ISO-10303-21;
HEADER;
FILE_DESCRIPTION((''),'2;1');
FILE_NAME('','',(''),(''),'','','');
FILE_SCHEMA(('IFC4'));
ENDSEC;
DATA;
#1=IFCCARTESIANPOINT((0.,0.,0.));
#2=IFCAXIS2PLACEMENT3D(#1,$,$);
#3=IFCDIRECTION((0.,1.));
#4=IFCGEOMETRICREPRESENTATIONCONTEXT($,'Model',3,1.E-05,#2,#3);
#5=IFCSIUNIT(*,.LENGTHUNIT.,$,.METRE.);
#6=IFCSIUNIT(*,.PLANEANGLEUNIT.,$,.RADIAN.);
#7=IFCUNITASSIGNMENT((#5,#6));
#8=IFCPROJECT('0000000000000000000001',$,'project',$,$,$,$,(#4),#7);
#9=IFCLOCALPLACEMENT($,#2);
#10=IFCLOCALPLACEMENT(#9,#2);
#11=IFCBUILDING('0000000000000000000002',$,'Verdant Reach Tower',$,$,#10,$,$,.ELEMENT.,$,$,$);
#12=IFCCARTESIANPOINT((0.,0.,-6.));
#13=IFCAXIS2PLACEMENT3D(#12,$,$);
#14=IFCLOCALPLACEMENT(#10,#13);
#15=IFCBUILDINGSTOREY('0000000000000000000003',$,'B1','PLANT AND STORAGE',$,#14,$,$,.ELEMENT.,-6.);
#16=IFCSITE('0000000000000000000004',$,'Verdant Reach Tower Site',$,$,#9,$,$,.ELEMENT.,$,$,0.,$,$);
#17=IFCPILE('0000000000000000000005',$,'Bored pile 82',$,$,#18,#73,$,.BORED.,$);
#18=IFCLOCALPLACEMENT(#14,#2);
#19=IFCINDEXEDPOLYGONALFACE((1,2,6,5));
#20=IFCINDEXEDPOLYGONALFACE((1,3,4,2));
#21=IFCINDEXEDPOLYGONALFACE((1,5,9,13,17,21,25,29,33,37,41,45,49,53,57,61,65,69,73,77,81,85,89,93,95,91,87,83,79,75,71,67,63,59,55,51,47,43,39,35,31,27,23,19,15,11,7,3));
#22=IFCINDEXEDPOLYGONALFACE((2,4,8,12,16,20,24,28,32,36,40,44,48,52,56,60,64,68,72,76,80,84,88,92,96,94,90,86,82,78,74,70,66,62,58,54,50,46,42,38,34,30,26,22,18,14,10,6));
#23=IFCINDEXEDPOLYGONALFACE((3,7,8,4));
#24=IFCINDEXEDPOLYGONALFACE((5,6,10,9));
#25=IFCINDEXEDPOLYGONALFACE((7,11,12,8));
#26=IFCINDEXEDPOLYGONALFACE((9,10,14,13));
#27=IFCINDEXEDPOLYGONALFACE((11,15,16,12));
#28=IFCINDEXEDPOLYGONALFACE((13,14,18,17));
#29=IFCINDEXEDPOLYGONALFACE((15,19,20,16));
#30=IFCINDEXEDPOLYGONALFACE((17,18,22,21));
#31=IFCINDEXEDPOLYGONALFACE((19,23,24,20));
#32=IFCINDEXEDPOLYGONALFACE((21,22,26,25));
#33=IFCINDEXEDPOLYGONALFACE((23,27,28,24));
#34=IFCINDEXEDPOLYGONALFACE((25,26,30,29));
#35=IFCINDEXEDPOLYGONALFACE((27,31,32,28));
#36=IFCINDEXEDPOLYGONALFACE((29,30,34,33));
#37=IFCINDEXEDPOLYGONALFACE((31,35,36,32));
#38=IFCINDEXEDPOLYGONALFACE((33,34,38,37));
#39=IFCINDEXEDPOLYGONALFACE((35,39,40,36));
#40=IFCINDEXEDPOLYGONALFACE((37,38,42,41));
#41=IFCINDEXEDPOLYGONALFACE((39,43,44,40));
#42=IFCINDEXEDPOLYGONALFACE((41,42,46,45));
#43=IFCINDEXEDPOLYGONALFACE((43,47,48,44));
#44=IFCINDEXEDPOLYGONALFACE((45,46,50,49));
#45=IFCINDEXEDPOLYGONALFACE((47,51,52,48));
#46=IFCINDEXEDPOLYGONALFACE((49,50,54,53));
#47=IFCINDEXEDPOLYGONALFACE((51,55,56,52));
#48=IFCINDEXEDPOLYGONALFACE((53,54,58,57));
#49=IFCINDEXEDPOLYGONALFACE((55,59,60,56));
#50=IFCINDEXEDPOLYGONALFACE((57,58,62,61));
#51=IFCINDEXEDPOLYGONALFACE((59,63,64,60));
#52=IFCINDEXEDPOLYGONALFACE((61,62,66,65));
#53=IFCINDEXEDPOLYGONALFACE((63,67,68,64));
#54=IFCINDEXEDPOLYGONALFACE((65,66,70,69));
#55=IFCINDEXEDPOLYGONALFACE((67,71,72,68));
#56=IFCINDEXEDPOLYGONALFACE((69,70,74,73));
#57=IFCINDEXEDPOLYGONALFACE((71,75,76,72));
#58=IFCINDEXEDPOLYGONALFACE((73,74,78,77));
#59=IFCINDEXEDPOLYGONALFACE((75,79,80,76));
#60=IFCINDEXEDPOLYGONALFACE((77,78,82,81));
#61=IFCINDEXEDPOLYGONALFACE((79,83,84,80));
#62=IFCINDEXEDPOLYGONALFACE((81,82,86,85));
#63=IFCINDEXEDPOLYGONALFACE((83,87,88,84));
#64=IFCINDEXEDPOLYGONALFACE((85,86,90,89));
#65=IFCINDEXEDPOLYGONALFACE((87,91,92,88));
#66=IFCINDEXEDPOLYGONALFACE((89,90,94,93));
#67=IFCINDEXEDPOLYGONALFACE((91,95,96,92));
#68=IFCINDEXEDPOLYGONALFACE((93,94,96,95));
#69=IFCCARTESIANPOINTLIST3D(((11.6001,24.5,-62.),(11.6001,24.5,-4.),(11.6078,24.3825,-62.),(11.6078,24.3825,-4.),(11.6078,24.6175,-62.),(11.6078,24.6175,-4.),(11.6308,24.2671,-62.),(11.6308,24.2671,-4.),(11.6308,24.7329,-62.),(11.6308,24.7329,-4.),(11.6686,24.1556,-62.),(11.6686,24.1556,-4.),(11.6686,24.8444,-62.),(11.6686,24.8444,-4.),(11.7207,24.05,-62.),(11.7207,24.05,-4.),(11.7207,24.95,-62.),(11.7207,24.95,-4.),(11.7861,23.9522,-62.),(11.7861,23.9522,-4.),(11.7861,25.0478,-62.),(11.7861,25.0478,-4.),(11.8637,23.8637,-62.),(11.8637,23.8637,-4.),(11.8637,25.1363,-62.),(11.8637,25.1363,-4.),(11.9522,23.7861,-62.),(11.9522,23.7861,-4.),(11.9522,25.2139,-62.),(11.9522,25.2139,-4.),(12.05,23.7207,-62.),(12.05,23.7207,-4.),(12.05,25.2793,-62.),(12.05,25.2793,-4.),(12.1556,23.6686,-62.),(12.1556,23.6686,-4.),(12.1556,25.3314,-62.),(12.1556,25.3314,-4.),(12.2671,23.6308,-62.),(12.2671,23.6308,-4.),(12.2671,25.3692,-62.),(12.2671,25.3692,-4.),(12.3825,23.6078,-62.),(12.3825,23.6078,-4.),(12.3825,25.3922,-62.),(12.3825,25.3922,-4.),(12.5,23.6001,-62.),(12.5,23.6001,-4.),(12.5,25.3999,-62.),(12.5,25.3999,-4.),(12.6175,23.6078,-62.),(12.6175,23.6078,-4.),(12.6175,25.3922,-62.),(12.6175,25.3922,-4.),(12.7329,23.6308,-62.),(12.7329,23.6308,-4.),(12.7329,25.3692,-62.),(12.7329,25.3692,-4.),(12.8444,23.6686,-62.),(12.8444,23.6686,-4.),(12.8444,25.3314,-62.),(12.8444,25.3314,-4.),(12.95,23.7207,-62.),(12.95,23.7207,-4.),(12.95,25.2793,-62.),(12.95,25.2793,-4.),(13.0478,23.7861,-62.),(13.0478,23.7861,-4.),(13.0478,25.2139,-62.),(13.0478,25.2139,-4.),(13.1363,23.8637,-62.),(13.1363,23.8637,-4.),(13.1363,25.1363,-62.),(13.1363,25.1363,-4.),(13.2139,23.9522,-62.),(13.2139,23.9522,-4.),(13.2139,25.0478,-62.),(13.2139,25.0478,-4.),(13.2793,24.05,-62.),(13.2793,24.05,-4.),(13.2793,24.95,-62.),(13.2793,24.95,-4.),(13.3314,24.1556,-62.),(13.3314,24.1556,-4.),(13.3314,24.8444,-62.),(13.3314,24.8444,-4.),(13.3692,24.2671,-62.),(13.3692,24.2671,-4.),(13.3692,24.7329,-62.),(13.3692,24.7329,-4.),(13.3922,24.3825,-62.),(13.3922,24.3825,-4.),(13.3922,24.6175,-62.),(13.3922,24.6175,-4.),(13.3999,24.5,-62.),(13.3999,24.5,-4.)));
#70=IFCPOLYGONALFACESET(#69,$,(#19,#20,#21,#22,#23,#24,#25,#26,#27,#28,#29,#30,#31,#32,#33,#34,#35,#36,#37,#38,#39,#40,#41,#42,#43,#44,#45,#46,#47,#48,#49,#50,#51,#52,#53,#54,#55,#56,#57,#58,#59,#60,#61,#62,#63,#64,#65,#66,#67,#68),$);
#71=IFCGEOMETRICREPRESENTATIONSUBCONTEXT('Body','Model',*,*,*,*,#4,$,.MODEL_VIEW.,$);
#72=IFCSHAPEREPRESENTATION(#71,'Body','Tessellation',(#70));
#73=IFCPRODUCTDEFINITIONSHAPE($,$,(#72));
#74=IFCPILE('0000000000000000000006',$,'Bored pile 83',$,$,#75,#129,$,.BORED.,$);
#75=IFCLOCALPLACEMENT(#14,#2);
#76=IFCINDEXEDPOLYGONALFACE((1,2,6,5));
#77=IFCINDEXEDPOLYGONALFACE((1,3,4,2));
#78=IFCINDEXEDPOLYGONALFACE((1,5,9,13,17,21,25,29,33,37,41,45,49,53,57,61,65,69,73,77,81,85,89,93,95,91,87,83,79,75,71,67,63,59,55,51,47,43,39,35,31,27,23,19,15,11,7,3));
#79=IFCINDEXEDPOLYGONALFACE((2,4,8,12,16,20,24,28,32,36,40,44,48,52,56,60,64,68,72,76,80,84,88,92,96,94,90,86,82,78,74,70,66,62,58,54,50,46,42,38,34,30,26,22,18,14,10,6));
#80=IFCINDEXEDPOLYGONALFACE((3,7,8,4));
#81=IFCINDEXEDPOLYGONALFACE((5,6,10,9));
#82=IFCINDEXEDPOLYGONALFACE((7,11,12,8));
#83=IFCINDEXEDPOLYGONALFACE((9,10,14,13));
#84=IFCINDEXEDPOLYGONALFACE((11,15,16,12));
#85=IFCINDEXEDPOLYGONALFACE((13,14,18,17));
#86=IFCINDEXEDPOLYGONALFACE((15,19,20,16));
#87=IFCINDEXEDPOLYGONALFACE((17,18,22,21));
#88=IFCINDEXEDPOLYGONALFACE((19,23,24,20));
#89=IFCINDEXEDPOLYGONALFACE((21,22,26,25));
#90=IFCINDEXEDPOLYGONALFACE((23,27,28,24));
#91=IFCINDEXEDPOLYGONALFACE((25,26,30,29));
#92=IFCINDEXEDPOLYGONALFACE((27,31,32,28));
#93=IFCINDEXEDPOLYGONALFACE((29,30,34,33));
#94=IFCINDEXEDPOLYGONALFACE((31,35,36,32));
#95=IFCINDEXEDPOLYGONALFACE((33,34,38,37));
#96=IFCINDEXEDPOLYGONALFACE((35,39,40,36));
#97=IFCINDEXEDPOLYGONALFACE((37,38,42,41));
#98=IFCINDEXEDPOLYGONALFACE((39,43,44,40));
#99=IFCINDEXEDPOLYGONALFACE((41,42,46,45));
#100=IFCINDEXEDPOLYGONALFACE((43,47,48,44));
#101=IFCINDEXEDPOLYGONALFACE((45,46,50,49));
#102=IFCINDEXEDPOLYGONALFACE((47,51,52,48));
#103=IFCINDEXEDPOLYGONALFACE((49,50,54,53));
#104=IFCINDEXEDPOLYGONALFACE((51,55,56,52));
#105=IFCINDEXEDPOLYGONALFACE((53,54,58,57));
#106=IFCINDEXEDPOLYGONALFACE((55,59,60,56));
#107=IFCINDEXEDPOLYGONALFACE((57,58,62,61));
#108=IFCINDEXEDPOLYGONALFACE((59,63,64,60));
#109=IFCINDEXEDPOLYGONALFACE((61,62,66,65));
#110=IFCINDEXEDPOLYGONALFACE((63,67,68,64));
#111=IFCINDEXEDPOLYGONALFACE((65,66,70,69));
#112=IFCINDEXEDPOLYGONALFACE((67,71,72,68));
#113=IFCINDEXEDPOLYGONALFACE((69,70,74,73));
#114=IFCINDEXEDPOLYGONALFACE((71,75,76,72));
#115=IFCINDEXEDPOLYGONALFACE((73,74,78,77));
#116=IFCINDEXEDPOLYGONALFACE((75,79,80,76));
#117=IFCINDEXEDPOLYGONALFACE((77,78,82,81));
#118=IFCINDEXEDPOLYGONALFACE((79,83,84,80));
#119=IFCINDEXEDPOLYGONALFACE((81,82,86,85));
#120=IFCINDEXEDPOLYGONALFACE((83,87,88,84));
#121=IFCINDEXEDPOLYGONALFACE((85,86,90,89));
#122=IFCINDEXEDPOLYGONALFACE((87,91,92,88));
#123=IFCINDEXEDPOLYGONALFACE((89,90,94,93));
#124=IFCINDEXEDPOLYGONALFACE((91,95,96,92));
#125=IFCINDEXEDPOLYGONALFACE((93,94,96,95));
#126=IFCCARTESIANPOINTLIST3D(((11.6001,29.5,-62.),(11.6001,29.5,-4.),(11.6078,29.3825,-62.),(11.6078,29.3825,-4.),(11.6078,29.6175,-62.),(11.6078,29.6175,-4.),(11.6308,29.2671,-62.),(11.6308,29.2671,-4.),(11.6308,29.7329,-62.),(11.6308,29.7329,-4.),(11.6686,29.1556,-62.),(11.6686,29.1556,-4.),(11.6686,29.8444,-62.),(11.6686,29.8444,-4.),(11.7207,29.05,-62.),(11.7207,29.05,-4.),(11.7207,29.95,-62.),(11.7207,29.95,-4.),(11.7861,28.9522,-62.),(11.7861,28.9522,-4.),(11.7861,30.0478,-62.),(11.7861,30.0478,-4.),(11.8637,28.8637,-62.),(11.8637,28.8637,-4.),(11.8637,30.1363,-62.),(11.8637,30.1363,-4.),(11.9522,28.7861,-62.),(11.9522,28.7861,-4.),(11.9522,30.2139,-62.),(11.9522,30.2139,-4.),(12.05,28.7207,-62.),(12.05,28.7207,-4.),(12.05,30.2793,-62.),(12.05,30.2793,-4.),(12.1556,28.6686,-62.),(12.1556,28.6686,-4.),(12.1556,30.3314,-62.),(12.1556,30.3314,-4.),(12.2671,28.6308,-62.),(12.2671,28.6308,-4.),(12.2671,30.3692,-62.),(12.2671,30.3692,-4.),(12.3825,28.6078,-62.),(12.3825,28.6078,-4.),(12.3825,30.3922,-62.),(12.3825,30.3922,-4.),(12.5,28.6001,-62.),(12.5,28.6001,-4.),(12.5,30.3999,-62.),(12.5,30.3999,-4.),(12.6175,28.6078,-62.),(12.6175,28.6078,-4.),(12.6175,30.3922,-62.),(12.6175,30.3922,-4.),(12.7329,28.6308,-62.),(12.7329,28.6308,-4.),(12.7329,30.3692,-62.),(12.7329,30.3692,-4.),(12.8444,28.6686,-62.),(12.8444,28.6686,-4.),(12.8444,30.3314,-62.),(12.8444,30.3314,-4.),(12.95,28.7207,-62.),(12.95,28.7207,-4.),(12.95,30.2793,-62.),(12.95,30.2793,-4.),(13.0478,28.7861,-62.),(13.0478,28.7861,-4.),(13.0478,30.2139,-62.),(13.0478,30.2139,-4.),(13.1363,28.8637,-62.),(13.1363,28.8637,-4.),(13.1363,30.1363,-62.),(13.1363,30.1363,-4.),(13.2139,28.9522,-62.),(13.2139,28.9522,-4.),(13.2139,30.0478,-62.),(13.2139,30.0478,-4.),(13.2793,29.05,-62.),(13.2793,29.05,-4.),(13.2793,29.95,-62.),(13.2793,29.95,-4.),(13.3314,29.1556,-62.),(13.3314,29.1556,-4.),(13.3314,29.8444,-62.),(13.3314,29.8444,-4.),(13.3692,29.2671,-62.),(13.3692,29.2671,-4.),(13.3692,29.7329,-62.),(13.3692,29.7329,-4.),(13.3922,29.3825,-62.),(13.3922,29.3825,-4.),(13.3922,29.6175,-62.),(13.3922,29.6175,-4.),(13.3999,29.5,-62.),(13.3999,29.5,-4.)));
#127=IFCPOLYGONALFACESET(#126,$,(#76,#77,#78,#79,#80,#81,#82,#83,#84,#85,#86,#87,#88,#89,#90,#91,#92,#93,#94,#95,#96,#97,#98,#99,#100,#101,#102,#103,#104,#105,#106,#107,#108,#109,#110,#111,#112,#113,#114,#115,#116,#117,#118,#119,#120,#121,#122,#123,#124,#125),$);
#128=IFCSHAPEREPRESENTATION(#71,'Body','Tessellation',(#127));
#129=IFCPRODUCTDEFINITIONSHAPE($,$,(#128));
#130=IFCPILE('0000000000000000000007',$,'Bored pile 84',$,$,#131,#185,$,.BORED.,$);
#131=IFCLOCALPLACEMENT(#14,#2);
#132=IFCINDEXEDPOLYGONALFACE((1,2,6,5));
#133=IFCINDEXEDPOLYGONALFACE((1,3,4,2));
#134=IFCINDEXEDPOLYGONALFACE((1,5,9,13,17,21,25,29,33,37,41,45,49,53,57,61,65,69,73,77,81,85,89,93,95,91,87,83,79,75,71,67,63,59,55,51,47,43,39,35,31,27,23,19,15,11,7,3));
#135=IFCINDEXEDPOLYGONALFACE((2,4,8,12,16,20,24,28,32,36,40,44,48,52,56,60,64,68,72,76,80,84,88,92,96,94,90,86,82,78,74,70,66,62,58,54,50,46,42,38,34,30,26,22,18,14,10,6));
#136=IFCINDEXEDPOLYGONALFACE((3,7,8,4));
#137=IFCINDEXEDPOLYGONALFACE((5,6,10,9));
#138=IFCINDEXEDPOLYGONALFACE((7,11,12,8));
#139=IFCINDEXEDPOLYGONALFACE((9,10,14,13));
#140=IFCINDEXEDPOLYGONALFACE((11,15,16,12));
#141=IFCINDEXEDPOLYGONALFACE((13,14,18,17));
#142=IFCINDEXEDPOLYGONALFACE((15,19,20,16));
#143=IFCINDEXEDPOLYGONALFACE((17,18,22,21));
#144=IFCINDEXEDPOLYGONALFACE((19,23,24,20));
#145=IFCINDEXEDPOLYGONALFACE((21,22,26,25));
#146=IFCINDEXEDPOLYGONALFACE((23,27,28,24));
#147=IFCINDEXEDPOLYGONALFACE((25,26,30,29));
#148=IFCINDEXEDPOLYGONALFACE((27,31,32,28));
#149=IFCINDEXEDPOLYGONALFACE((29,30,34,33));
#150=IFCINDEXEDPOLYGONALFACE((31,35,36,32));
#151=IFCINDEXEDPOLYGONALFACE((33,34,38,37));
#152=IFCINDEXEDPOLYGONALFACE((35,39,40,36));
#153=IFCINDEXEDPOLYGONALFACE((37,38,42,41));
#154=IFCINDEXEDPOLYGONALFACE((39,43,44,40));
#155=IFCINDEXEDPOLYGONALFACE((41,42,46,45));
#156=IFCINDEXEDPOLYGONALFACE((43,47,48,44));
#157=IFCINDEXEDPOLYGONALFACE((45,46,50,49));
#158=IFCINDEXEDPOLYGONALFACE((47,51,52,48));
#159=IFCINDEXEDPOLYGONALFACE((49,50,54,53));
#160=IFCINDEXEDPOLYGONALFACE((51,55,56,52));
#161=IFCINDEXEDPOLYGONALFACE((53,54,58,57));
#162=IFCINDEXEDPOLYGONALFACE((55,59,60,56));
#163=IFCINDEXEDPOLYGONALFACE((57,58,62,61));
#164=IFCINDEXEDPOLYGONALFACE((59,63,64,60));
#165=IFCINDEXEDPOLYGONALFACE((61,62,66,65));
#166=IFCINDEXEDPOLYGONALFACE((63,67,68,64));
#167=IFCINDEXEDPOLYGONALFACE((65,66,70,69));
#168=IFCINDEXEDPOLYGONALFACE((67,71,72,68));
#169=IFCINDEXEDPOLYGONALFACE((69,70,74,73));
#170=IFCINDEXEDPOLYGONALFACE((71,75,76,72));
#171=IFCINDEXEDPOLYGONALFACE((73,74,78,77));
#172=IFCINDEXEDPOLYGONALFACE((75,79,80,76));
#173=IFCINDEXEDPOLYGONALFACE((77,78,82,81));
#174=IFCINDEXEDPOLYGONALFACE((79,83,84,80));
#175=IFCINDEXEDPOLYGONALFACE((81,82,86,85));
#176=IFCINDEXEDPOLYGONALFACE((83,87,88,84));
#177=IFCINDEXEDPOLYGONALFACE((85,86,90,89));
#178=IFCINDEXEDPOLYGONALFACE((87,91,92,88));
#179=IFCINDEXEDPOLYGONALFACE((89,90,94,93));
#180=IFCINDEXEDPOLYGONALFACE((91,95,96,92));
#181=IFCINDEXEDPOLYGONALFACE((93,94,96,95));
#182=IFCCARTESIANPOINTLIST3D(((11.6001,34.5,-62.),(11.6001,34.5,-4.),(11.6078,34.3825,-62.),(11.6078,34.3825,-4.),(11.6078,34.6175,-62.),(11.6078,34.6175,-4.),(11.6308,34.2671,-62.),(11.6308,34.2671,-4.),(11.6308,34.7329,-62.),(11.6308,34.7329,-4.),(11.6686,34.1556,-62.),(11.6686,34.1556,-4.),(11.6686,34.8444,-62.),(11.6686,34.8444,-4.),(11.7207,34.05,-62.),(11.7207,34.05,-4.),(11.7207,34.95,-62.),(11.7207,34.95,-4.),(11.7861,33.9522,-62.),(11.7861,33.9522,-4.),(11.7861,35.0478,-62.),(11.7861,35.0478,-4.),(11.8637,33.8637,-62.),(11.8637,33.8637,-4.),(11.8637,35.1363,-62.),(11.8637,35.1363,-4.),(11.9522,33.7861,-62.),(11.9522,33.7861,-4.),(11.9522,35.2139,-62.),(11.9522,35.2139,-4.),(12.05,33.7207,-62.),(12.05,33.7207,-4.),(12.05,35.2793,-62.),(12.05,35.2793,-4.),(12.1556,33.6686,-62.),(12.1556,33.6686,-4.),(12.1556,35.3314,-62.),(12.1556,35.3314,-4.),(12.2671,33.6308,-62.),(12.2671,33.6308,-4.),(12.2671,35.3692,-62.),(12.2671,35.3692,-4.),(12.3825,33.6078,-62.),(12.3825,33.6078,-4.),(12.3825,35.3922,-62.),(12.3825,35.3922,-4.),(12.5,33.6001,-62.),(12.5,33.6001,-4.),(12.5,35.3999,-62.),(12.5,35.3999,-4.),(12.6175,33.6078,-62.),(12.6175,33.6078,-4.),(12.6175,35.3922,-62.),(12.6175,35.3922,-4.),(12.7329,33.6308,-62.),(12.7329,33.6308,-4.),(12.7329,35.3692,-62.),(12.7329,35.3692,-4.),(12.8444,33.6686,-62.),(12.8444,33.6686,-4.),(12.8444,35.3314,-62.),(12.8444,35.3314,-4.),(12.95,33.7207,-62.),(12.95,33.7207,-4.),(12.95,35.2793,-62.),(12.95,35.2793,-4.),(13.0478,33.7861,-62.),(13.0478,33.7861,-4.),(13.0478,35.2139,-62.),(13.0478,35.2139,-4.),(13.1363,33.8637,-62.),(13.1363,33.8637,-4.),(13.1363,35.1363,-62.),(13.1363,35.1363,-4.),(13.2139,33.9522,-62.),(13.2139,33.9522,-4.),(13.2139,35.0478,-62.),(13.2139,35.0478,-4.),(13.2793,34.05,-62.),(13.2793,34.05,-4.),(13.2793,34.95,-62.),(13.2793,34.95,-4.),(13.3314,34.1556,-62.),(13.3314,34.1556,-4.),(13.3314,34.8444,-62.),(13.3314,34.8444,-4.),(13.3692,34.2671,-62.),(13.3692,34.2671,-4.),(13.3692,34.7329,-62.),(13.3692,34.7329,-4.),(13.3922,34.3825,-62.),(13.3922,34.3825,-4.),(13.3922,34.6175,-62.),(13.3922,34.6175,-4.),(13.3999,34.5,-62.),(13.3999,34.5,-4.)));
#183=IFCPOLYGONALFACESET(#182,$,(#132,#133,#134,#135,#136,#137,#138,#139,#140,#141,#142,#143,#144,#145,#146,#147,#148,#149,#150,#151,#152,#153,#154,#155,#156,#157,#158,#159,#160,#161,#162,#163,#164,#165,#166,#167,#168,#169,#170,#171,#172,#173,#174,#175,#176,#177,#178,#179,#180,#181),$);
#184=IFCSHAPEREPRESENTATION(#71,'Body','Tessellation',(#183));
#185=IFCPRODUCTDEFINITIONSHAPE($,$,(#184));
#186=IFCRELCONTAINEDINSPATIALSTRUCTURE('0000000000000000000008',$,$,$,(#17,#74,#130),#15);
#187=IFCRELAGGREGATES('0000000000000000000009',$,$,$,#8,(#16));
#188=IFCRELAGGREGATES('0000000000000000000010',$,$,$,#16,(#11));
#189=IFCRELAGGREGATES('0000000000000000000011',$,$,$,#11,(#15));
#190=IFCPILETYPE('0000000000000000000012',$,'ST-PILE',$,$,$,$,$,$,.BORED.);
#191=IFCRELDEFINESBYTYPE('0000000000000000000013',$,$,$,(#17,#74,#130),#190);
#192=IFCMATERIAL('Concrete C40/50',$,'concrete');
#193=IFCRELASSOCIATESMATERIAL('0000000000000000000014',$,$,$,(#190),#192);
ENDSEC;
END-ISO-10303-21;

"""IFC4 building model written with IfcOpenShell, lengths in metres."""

from ifc_helpers import new_model, si_unit, direction, frame, origin, origin_2d, place, context, subcontext, project, spatial, circle, extrude, material, material_profile, profile_set, type_object, element, save


model = new_model("IFC4")

# Units and contexts
model_context = context("Model", 3, precision=1e-05, world=origin(), true_north=direction((0.0, 1.0)))
body_context = subcontext(model_context, "Body", "Model", "MODEL_VIEW")
ifc_project = project(units=[si_unit("LENGTHUNIT", "METRE"), si_unit("PLANEANGLEUNIT", "RADIAN")], contexts=[model_context])

# Site, building, storey
site_placement = place(None, origin())
site = spatial("IfcSite", under=ifc_project, at=site_placement, Name="Verdant Reach Tower Site", CompositionType="ELEMENT", RefElevation=0.0)
building_placement = place(site_placement, origin())
building = spatial("IfcBuilding", under=site, at=building_placement, Name="Verdant Reach Tower", CompositionType="ELEMENT")
storey_placement = place(building_placement, frame((0.0, 0.0, -6.0)))
storey = spatial("IfcBuildingStorey", under=building, at=storey_placement, Name="B1", Description="PLANT AND STORAGE", CompositionType="ELEMENT", Elevation=-6.0)

# Piles
ifc_material_1 = material(Name="Concrete C40/50", Category="concrete")
ifc_material_profile_1 = material_profile(ifc_material_1, circle(Radius=0.8999, at=origin_2d()), Name="BP 1800")
ifc_profile_set_1 = profile_set([ifc_material_profile_1], Name="Concrete C40/50")
pile_type = type_object("IfcPileType", Name="ST-PILE", PredefinedType="BORED", material=ifc_profile_set_1)
for number, where, z_axis, x_axis, name in (
    (1, (12.5, 24.5, -4.0), (0.0, 0.0, -1.0), (1.0, 0.0, 0.0), "Bored pile 82"),
    (2, (12.5, 29.5, -4.0), (0.0, 0.0, -1.0), (1.0, 0.0, 0.0), "Bored pile 83"),
    (3, (12.5, 34.5, -4.0), (0.0, 0.0, -1.0), (1.0, 0.0, 0.0), "Bored pile 84"),
):
    element("IfcPile", number, at=place(storey_placement, frame(where, z_axis=z_axis, x_axis=x_axis)), inside=storey, type_object=pile_type, Name=name, PredefinedType="BORED", context=body_context, shape_type="SweptSolid", body=[
        extrude(circle(Radius=0.8999, at=origin_2d()), origin(), (0.0, 0.0, 1.0), 58.0),
    ])

save(model, "model.ifc")
